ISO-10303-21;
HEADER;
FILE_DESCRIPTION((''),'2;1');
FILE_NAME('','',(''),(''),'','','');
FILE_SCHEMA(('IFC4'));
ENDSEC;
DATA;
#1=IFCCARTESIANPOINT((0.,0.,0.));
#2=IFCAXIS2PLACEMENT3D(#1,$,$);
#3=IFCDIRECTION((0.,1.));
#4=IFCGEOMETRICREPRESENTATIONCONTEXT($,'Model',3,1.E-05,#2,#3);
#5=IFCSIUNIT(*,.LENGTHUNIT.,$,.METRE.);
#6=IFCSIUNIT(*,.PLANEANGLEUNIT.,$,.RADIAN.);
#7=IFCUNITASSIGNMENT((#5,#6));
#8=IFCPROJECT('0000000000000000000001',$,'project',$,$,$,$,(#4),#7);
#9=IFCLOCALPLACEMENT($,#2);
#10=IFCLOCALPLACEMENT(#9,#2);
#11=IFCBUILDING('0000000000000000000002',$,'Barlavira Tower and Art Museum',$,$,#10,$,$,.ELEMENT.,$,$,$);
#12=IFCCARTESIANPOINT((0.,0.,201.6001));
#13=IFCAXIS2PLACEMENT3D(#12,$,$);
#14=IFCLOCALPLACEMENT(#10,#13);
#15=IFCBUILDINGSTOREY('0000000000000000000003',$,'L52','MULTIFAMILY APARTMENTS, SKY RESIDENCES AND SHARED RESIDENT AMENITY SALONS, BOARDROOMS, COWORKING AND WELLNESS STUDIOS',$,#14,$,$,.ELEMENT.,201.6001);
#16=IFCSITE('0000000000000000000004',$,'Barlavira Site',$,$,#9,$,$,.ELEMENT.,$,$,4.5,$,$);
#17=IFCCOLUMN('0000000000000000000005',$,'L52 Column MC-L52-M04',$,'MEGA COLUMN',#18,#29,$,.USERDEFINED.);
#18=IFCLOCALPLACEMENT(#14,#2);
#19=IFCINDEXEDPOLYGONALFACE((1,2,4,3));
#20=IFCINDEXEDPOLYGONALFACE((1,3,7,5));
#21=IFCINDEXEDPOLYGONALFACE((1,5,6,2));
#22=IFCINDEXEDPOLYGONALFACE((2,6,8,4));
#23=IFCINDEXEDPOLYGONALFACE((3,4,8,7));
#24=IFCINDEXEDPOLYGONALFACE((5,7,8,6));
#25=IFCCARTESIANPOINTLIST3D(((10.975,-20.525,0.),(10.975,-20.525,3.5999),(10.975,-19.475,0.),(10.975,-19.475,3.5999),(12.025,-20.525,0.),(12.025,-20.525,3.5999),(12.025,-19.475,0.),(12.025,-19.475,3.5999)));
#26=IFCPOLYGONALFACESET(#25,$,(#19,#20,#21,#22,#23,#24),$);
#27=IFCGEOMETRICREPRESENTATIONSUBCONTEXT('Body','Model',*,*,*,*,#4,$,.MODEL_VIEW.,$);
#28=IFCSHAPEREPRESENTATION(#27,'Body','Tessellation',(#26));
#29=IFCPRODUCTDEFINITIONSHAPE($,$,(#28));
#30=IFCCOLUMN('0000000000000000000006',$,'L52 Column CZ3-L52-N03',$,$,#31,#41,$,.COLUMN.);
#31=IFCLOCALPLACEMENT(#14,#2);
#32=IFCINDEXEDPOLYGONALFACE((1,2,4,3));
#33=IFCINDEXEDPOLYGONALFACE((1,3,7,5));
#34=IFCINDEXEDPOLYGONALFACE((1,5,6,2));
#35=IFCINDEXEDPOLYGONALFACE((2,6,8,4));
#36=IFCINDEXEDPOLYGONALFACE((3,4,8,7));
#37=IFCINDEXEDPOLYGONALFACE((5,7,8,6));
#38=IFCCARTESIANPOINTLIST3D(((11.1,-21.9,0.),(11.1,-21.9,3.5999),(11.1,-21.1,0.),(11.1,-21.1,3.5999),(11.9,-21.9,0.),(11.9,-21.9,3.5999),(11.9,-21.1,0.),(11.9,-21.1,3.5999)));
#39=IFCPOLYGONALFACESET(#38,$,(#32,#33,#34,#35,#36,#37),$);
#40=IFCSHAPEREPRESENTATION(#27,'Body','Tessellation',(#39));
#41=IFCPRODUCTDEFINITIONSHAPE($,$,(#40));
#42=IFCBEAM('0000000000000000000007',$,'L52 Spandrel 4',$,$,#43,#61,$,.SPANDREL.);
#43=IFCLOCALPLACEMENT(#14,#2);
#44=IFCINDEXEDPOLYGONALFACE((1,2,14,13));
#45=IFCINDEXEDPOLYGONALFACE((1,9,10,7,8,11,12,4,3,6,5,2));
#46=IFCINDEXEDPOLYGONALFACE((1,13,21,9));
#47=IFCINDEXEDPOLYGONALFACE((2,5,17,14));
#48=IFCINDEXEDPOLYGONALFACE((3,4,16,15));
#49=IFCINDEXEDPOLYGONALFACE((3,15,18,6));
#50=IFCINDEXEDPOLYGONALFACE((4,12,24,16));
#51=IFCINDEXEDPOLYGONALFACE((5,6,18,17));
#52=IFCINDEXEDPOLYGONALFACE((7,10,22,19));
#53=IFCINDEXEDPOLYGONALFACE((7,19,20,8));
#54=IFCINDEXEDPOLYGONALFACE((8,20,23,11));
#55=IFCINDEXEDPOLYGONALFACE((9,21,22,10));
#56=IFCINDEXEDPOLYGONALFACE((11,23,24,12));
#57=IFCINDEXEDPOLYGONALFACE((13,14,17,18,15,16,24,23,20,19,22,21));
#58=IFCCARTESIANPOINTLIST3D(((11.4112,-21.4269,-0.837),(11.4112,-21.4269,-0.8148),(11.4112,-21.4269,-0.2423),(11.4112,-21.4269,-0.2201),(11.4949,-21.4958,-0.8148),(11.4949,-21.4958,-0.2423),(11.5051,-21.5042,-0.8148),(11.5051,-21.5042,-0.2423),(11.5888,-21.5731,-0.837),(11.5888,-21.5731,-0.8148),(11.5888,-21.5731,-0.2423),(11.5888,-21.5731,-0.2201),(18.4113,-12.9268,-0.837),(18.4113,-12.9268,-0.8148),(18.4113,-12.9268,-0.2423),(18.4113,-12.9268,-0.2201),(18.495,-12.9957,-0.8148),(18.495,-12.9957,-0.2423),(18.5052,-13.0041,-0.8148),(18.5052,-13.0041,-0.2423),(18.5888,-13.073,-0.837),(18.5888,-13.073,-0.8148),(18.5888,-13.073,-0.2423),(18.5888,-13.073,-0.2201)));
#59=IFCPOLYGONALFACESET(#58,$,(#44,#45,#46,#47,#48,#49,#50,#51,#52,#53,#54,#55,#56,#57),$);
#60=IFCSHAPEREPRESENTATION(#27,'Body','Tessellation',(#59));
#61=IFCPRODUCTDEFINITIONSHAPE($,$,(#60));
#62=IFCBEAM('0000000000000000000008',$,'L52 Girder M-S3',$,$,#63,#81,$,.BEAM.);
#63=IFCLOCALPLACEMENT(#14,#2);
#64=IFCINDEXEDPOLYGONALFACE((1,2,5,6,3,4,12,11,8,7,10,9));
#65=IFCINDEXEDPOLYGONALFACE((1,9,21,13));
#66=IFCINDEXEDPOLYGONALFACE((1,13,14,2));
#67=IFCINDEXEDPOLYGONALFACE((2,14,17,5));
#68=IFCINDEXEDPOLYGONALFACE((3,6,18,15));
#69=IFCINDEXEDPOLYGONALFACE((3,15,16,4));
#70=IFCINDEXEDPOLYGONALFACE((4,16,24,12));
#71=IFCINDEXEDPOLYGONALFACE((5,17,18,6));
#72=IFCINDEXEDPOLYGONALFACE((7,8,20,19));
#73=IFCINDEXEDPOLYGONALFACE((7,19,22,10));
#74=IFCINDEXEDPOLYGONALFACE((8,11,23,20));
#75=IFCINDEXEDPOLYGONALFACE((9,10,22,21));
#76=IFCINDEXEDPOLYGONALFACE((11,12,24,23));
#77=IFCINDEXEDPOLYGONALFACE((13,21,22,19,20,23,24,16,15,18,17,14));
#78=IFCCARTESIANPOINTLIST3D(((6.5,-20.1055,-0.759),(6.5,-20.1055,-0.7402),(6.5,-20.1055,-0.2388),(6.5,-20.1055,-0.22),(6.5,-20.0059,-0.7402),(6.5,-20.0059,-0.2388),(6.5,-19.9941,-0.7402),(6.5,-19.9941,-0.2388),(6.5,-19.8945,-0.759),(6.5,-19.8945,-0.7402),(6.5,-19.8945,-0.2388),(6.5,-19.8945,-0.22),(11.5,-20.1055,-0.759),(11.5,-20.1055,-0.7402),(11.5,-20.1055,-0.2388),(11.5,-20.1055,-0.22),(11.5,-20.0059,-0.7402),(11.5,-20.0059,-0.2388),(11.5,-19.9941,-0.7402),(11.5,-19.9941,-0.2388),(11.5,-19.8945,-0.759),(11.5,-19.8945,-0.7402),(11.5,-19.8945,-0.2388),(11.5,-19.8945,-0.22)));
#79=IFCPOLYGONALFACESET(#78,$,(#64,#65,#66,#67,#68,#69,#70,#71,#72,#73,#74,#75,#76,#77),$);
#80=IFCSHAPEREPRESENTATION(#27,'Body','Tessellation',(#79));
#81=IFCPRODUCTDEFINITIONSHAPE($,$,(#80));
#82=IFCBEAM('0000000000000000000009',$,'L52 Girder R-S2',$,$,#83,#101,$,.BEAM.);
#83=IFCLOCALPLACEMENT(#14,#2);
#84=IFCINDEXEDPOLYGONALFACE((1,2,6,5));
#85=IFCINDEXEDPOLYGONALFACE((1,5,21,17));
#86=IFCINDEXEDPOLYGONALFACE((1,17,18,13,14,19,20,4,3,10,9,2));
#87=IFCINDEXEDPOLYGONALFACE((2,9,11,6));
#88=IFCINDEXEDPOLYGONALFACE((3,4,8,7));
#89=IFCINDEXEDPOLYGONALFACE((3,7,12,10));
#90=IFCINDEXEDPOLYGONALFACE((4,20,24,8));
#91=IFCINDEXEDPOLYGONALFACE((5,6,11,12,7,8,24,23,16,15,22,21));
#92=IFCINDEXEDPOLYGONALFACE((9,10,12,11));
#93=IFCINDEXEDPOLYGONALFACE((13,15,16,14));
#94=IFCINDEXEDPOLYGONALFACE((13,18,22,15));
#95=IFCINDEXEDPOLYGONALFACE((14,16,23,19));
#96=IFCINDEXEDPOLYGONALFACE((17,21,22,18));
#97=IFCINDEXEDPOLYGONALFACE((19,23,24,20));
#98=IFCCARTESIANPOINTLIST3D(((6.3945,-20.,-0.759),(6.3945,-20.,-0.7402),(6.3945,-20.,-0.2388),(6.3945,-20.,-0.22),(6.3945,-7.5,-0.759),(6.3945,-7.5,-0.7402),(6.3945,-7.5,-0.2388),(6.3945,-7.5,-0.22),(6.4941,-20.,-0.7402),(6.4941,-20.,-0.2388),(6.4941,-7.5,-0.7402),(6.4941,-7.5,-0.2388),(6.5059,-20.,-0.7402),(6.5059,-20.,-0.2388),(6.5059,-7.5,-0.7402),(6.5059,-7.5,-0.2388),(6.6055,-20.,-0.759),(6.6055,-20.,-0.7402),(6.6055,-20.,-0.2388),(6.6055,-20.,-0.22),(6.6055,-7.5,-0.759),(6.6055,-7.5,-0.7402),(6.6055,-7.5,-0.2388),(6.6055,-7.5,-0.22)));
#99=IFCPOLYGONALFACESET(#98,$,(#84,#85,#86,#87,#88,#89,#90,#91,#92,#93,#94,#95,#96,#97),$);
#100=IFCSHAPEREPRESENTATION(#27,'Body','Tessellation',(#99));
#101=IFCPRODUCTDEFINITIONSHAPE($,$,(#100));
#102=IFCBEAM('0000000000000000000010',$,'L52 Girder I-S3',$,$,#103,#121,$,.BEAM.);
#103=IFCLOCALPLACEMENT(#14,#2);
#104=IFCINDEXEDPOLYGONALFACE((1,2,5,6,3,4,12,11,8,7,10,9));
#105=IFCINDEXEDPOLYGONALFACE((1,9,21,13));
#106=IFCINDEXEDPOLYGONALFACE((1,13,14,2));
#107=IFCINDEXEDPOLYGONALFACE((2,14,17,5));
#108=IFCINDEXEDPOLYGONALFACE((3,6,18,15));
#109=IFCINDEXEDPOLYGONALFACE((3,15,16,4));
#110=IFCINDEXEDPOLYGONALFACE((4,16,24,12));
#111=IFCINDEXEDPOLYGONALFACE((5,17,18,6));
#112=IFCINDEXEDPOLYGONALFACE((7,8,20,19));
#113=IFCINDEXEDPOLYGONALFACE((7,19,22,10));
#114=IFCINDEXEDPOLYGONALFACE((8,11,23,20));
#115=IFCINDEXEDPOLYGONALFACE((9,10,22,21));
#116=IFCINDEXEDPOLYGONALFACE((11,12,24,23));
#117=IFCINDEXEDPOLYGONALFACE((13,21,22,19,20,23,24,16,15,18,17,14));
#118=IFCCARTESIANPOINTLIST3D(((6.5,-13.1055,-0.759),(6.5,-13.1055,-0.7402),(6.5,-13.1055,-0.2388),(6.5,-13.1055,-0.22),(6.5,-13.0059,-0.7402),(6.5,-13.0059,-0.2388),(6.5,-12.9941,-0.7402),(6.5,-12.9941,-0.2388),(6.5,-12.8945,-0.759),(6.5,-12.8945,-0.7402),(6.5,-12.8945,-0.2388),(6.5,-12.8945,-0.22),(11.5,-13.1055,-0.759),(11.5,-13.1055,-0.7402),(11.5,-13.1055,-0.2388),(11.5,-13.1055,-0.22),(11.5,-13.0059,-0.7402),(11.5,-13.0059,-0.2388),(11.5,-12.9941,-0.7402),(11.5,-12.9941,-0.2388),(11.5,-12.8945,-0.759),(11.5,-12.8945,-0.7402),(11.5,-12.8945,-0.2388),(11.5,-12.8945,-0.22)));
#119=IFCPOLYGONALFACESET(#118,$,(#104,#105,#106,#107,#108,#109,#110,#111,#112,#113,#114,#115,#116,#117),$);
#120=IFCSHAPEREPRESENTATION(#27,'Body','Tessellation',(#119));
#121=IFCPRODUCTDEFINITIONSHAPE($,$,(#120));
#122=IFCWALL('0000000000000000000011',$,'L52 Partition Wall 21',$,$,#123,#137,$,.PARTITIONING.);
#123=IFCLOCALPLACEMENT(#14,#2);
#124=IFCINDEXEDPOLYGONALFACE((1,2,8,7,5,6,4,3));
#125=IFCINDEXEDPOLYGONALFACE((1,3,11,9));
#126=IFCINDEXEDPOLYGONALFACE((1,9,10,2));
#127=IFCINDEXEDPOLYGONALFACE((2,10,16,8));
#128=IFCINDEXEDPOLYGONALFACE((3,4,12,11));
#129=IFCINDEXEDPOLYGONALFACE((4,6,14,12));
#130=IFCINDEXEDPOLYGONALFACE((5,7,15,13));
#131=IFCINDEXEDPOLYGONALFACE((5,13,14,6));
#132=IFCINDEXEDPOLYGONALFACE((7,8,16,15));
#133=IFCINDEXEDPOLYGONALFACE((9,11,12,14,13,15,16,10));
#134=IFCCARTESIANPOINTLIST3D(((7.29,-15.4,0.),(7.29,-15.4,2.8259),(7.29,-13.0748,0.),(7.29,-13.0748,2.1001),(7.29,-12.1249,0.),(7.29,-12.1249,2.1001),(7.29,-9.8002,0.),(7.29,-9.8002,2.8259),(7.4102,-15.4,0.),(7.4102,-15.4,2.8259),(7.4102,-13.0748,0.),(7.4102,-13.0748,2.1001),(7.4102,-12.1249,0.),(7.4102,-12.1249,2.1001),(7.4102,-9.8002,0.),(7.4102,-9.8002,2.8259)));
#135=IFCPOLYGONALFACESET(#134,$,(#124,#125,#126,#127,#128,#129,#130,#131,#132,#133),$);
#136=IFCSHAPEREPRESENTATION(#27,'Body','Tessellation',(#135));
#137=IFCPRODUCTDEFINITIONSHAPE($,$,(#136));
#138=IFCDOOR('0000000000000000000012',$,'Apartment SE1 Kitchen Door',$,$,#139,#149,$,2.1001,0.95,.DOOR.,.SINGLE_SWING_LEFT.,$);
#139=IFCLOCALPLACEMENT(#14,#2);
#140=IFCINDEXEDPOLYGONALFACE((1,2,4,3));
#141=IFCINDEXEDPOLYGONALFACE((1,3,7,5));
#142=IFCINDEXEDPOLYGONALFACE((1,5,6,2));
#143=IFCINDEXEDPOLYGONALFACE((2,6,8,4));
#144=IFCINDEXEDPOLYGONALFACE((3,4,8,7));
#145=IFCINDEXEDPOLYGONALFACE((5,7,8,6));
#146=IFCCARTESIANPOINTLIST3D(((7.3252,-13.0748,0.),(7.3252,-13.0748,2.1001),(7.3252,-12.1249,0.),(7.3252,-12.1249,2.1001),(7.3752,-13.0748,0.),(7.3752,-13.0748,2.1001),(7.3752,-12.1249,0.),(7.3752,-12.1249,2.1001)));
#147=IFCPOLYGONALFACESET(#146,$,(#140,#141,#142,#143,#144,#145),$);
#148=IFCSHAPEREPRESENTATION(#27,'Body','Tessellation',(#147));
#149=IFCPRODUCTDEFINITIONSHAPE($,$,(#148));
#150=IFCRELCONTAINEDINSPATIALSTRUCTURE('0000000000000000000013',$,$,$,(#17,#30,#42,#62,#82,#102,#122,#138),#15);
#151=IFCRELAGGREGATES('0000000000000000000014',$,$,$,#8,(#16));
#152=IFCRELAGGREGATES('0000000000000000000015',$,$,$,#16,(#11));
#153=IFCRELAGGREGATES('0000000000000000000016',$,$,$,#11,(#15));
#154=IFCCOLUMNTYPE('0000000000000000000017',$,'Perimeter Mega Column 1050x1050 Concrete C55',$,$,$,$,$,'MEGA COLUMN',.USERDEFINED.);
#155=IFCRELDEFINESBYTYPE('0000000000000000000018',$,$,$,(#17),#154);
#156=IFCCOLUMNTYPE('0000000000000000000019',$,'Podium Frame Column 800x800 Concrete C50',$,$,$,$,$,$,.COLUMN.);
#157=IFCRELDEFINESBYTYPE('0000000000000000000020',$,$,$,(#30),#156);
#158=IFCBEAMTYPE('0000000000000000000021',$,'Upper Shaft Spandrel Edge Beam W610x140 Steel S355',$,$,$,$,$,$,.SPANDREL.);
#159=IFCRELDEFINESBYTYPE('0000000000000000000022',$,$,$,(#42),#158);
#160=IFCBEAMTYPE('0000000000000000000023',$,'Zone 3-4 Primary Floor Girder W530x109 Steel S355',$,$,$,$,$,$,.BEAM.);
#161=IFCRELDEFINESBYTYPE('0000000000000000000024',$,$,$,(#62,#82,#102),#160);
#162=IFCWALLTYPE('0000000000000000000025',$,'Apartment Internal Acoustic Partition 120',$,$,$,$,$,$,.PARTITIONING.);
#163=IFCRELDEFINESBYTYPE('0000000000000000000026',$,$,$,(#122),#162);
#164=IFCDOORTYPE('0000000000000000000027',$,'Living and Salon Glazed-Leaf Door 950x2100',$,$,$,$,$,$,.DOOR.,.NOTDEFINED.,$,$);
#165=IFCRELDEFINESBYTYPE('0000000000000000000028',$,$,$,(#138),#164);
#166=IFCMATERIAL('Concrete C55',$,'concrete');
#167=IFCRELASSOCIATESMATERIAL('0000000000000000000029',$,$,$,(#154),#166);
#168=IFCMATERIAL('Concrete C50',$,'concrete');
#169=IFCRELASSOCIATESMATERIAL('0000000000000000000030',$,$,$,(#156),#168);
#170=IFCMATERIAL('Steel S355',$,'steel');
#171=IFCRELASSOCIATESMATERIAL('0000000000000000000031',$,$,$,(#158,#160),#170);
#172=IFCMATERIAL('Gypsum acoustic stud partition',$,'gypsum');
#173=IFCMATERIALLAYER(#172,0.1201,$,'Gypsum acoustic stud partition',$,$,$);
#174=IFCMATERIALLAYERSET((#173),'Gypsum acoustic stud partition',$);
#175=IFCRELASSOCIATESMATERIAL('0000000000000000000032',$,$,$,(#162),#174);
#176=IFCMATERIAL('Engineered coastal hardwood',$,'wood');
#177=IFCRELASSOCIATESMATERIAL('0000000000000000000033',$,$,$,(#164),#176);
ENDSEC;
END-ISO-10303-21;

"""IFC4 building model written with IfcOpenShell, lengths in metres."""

from ifc_helpers import new_model, si_unit, direction, frame, frame_2d, origin, origin_2d, place, context, subcontext, project, spatial, rectangle, i_section, extrude, material, layer, layer_set, material_profile, profile_set, type_object, element, fill, save


model = new_model("IFC4")

# Units and contexts
model_context = context("Model", 3, precision=1e-05, world=origin(), true_north=direction((0.0, 1.0)))
body_context = subcontext(model_context, "Body", "Model", "MODEL_VIEW")
ifc_project = project(units=[si_unit("LENGTHUNIT", "METRE"), si_unit("PLANEANGLEUNIT", "RADIAN")], contexts=[model_context])

# Site, building, storey
site_placement = place(None, origin())
site = spatial("IfcSite", under=ifc_project, at=site_placement, Name="Barlavira Site", CompositionType="ELEMENT", RefElevation=4.5)
building_placement = place(site_placement, origin())
building = spatial("IfcBuilding", under=site, at=building_placement, Name="Barlavira Tower and Art Museum", CompositionType="ELEMENT")
storey_placement = place(building_placement, frame((0.0, 0.0, 201.6001)))
storey = spatial("IfcBuildingStorey", under=building, at=storey_placement, Name="L52", Description="MULTIFAMILY APARTMENTS, SKY RESIDENCES AND SHARED RESIDENT AMENITY SALONS, BOARDROOMS, COWORKING AND WELLNESS STUDIOS", CompositionType="ELEMENT", Elevation=201.6001)

# Columns
ifc_material_1 = material(Name="Concrete C55", Category="concrete")
ifc_material_profile_1 = material_profile(ifc_material_1, rectangle(XDim=1.05, YDim=1.05, at=origin_2d()), Name="RC-COL 1050x1050")
ifc_profile_set_1 = profile_set([ifc_material_profile_1], Name="Concrete C55")
column_type_1 = type_object("IfcColumnType", Name="Perimeter Mega Column 1050x1050 Concrete C55", ElementType="MEGA COLUMN", PredefinedType="USERDEFINED", material=ifc_profile_set_1)
column_1_placement = place(storey_placement, frame((11.5, -20.0, 0.0), z_axis=(0.0, 0.0, 1.0), x_axis=(1.0, 0.0, 0.0)))
element("IfcColumn", 1, at=column_1_placement, inside=storey, type_object=column_type_1, Name="L52 Column MC-L52-M04", ObjectType="MEGA COLUMN", PredefinedType="USERDEFINED", context=body_context, shape_type="SweptSolid", body=[
    extrude(rectangle(XDim=1.05, YDim=1.05, at=origin_2d()), origin(), (0.0, 0.0, 1.0), 3.5999),
])
ifc_material_2 = material(Name="Concrete C50", Category="concrete")
ifc_material_profile_2 = material_profile(ifc_material_2, rectangle(XDim=0.8, YDim=0.8, at=origin_2d()), Name="RC-COL 800x800")
ifc_profile_set_2 = profile_set([ifc_material_profile_2], Name="Concrete C50")
column_type_2 = type_object("IfcColumnType", Name="Podium Frame Column 800x800 Concrete C50", PredefinedType="COLUMN", material=ifc_profile_set_2)
column_2_placement = place(storey_placement, frame((11.5, -21.5, 0.0), z_axis=(0.0, 0.0, 1.0), x_axis=(1.0, 0.0, 0.0)))
element("IfcColumn", 2, at=column_2_placement, inside=storey, type_object=column_type_2, Name="L52 Column CZ3-L52-N03", PredefinedType="COLUMN", context=body_context, shape_type="SweptSolid", body=[
    extrude(rectangle(XDim=0.8, YDim=0.8, at=origin_2d()), origin(), (0.0, 0.0, 1.0), 3.5999),
])

# Beams
ifc_material_3 = material(Name="Steel S355", Category="steel")
ifc_material_profile_3 = material_profile(ifc_material_3, i_section(OverallWidth=0.23, OverallDepth=0.6169, WebThickness=0.0132, FlangeThickness=0.0222, at=origin_2d()), Name="W610x140.0")
ifc_profile_set_3 = profile_set([ifc_material_profile_3], Name="Steel S355")
beam_type_1 = type_object("IfcBeamType", Name="Upper Shaft Spandrel Edge Beam W610x140 Steel S355", PredefinedType="SPANDREL", material=ifc_profile_set_3)
beam_1_placement = place(storey_placement, frame((11.5, -21.5, -0.5286), z_axis=(0.635707, 0.77193, 0.0), x_axis=(-0.77193, 0.635707, 0.0)))
element("IfcBeam", 3, at=beam_1_placement, inside=storey, type_object=beam_type_1, Name="L52 Spandrel 4", PredefinedType="SPANDREL", context=body_context, shape_type="SweptSolid", body=[
    extrude(i_section(OverallWidth=0.23, OverallDepth=0.6169, WebThickness=0.0132, FlangeThickness=0.0222, at=origin_2d()), origin(), (0.0, 0.0, 1.0), 11.0115),
])
ifc_material_profile_4 = material_profile(ifc_material_3, i_section(OverallWidth=0.2109, OverallDepth=0.5391, WebThickness=0.0117, FlangeThickness=0.0188, at=origin_2d()), Name="W530x109.0")
ifc_profile_set_4 = profile_set([ifc_material_profile_4], Name="Steel S355")
beam_type_2 = type_object("IfcBeamType", Name="Zone 3-4 Primary Floor Girder W530x109 Steel S355", PredefinedType="BEAM", material=ifc_profile_set_4)
beam_2_placement = place(storey_placement, frame((6.5, -20.0, -0.4895), z_axis=(1.0, 0.0, 0.0), x_axis=(0.0, 1.0, 0.0)))
element("IfcBeam", 4, at=beam_2_placement, inside=storey, type_object=beam_type_2, Name="L52 Girder M-S3", PredefinedType="BEAM", context=body_context, shape_type="SweptSolid", body=[
    extrude(i_section(OverallWidth=0.2109, OverallDepth=0.5391, WebThickness=0.0117, FlangeThickness=0.0188, at=origin_2d()), origin(), (0.0, 0.0, 1.0), 5.0),
])
beam_3_placement = place(storey_placement, frame((6.5, -20.0, -0.4895), z_axis=(0.0, 1.0, 0.0), x_axis=(-1.0, 0.0, 0.0)))
element("IfcBeam", 5, at=beam_3_placement, inside=storey, type_object=beam_type_2, Name="L52 Girder R-S2", PredefinedType="BEAM", context=body_context, shape_type="SweptSolid", body=[
    extrude(i_section(OverallWidth=0.2109, OverallDepth=0.5391, WebThickness=0.0117, FlangeThickness=0.0188, at=origin_2d()), origin(), (0.0, 0.0, 1.0), 12.5),
])
beam_4_placement = place(storey_placement, frame((6.5, -13.0, -0.4895), z_axis=(1.0, 0.0, 0.0), x_axis=(0.0, 1.0, 0.0)))
element("IfcBeam", 6, at=beam_4_placement, inside=storey, type_object=beam_type_2, Name="L52 Girder I-S3", PredefinedType="BEAM", context=body_context, shape_type="SweptSolid", body=[
    extrude(i_section(OverallWidth=0.2109, OverallDepth=0.5391, WebThickness=0.0117, FlangeThickness=0.0188, at=origin_2d()), origin(), (0.0, 0.0, 1.0), 5.0),
])

# Wall, opening, door
ifc_material_4 = material(Name="Gypsum acoustic stud partition", Category="gypsum")
ifc_layer_1 = layer(ifc_material_4, 0.1201, Name="Gypsum acoustic stud partition")
ifc_layer_set_1 = layer_set([ifc_layer_1], Name="Gypsum acoustic stud partition")
wall_type_1 = type_object("IfcWallType", Name="Apartment Internal Acoustic Partition 120", PredefinedType="PARTITIONING", material=ifc_layer_set_1)
wall_1_placement = place(storey_placement, frame((7.3501, -15.3999, 0.0), z_axis=(0.0, 0.0, 1.0), x_axis=(0.0, 1.0, 0.0)))
wall_1 = element("IfcWall", 7, at=wall_1_placement, inside=storey, type_object=wall_type_1, Name="L52 Partition Wall 21", PredefinedType="PARTITIONING", context=body_context, shape_type="SweptSolid", body=[
    extrude(rectangle(XDim=5.5999, YDim=0.1201, at=frame_2d((2.7998, 0.0))), origin(), (0.0, 0.0, 1.0), 2.8259),
])
opening_1_placement = place(wall_1_placement, frame((2.325, 0.0, 0.0)))
opening_1 = element("IfcOpeningElement", 8, at=opening_1_placement, cuts=wall_1, PredefinedType="OPENING", context=body_context, shape_type="SweptSolid", body=[
    extrude(rectangle(XDim=0.95, YDim=2.1001, at=frame_2d((0.4751, 1.05))), frame((0.0, 0.0701, 0.0), z_axis=(0.0, -1.0, 0.0), x_axis=(1.0, 0.0, 0.0)), (0.0, 0.0, 1.0), 0.1401),
])
ifc_material_5 = material(Name="Engineered coastal hardwood", Category="wood")
door_type_1 = type_object("IfcDoorType", Name="Living and Salon Glazed-Leaf Door 950x2100", OperationType="NOTDEFINED", PredefinedType="DOOR", material=ifc_material_5)
door_1_placement = place(opening_1_placement, origin())
door_1 = element("IfcDoor", 9, at=door_1_placement, inside=storey, type_object=door_type_1, Name="Apartment SE1 Kitchen Door", OperationType="SINGLE_SWING_LEFT", OverallHeight=2.1001, OverallWidth=0.95, PredefinedType="DOOR", context=body_context, shape_type="SweptSolid", body=[
    extrude(rectangle(XDim=0.95, YDim=2.1001, at=frame_2d((0.4751, 1.05))), frame((0.0, 0.0249, 0.0), z_axis=(0.0, -1.0, 0.0), x_axis=(1.0, 0.0, 0.0)), (0.0, 0.0, 1.0), 0.05),
])
fill(opening_1, door_1)

save(model, "model.ifc")
